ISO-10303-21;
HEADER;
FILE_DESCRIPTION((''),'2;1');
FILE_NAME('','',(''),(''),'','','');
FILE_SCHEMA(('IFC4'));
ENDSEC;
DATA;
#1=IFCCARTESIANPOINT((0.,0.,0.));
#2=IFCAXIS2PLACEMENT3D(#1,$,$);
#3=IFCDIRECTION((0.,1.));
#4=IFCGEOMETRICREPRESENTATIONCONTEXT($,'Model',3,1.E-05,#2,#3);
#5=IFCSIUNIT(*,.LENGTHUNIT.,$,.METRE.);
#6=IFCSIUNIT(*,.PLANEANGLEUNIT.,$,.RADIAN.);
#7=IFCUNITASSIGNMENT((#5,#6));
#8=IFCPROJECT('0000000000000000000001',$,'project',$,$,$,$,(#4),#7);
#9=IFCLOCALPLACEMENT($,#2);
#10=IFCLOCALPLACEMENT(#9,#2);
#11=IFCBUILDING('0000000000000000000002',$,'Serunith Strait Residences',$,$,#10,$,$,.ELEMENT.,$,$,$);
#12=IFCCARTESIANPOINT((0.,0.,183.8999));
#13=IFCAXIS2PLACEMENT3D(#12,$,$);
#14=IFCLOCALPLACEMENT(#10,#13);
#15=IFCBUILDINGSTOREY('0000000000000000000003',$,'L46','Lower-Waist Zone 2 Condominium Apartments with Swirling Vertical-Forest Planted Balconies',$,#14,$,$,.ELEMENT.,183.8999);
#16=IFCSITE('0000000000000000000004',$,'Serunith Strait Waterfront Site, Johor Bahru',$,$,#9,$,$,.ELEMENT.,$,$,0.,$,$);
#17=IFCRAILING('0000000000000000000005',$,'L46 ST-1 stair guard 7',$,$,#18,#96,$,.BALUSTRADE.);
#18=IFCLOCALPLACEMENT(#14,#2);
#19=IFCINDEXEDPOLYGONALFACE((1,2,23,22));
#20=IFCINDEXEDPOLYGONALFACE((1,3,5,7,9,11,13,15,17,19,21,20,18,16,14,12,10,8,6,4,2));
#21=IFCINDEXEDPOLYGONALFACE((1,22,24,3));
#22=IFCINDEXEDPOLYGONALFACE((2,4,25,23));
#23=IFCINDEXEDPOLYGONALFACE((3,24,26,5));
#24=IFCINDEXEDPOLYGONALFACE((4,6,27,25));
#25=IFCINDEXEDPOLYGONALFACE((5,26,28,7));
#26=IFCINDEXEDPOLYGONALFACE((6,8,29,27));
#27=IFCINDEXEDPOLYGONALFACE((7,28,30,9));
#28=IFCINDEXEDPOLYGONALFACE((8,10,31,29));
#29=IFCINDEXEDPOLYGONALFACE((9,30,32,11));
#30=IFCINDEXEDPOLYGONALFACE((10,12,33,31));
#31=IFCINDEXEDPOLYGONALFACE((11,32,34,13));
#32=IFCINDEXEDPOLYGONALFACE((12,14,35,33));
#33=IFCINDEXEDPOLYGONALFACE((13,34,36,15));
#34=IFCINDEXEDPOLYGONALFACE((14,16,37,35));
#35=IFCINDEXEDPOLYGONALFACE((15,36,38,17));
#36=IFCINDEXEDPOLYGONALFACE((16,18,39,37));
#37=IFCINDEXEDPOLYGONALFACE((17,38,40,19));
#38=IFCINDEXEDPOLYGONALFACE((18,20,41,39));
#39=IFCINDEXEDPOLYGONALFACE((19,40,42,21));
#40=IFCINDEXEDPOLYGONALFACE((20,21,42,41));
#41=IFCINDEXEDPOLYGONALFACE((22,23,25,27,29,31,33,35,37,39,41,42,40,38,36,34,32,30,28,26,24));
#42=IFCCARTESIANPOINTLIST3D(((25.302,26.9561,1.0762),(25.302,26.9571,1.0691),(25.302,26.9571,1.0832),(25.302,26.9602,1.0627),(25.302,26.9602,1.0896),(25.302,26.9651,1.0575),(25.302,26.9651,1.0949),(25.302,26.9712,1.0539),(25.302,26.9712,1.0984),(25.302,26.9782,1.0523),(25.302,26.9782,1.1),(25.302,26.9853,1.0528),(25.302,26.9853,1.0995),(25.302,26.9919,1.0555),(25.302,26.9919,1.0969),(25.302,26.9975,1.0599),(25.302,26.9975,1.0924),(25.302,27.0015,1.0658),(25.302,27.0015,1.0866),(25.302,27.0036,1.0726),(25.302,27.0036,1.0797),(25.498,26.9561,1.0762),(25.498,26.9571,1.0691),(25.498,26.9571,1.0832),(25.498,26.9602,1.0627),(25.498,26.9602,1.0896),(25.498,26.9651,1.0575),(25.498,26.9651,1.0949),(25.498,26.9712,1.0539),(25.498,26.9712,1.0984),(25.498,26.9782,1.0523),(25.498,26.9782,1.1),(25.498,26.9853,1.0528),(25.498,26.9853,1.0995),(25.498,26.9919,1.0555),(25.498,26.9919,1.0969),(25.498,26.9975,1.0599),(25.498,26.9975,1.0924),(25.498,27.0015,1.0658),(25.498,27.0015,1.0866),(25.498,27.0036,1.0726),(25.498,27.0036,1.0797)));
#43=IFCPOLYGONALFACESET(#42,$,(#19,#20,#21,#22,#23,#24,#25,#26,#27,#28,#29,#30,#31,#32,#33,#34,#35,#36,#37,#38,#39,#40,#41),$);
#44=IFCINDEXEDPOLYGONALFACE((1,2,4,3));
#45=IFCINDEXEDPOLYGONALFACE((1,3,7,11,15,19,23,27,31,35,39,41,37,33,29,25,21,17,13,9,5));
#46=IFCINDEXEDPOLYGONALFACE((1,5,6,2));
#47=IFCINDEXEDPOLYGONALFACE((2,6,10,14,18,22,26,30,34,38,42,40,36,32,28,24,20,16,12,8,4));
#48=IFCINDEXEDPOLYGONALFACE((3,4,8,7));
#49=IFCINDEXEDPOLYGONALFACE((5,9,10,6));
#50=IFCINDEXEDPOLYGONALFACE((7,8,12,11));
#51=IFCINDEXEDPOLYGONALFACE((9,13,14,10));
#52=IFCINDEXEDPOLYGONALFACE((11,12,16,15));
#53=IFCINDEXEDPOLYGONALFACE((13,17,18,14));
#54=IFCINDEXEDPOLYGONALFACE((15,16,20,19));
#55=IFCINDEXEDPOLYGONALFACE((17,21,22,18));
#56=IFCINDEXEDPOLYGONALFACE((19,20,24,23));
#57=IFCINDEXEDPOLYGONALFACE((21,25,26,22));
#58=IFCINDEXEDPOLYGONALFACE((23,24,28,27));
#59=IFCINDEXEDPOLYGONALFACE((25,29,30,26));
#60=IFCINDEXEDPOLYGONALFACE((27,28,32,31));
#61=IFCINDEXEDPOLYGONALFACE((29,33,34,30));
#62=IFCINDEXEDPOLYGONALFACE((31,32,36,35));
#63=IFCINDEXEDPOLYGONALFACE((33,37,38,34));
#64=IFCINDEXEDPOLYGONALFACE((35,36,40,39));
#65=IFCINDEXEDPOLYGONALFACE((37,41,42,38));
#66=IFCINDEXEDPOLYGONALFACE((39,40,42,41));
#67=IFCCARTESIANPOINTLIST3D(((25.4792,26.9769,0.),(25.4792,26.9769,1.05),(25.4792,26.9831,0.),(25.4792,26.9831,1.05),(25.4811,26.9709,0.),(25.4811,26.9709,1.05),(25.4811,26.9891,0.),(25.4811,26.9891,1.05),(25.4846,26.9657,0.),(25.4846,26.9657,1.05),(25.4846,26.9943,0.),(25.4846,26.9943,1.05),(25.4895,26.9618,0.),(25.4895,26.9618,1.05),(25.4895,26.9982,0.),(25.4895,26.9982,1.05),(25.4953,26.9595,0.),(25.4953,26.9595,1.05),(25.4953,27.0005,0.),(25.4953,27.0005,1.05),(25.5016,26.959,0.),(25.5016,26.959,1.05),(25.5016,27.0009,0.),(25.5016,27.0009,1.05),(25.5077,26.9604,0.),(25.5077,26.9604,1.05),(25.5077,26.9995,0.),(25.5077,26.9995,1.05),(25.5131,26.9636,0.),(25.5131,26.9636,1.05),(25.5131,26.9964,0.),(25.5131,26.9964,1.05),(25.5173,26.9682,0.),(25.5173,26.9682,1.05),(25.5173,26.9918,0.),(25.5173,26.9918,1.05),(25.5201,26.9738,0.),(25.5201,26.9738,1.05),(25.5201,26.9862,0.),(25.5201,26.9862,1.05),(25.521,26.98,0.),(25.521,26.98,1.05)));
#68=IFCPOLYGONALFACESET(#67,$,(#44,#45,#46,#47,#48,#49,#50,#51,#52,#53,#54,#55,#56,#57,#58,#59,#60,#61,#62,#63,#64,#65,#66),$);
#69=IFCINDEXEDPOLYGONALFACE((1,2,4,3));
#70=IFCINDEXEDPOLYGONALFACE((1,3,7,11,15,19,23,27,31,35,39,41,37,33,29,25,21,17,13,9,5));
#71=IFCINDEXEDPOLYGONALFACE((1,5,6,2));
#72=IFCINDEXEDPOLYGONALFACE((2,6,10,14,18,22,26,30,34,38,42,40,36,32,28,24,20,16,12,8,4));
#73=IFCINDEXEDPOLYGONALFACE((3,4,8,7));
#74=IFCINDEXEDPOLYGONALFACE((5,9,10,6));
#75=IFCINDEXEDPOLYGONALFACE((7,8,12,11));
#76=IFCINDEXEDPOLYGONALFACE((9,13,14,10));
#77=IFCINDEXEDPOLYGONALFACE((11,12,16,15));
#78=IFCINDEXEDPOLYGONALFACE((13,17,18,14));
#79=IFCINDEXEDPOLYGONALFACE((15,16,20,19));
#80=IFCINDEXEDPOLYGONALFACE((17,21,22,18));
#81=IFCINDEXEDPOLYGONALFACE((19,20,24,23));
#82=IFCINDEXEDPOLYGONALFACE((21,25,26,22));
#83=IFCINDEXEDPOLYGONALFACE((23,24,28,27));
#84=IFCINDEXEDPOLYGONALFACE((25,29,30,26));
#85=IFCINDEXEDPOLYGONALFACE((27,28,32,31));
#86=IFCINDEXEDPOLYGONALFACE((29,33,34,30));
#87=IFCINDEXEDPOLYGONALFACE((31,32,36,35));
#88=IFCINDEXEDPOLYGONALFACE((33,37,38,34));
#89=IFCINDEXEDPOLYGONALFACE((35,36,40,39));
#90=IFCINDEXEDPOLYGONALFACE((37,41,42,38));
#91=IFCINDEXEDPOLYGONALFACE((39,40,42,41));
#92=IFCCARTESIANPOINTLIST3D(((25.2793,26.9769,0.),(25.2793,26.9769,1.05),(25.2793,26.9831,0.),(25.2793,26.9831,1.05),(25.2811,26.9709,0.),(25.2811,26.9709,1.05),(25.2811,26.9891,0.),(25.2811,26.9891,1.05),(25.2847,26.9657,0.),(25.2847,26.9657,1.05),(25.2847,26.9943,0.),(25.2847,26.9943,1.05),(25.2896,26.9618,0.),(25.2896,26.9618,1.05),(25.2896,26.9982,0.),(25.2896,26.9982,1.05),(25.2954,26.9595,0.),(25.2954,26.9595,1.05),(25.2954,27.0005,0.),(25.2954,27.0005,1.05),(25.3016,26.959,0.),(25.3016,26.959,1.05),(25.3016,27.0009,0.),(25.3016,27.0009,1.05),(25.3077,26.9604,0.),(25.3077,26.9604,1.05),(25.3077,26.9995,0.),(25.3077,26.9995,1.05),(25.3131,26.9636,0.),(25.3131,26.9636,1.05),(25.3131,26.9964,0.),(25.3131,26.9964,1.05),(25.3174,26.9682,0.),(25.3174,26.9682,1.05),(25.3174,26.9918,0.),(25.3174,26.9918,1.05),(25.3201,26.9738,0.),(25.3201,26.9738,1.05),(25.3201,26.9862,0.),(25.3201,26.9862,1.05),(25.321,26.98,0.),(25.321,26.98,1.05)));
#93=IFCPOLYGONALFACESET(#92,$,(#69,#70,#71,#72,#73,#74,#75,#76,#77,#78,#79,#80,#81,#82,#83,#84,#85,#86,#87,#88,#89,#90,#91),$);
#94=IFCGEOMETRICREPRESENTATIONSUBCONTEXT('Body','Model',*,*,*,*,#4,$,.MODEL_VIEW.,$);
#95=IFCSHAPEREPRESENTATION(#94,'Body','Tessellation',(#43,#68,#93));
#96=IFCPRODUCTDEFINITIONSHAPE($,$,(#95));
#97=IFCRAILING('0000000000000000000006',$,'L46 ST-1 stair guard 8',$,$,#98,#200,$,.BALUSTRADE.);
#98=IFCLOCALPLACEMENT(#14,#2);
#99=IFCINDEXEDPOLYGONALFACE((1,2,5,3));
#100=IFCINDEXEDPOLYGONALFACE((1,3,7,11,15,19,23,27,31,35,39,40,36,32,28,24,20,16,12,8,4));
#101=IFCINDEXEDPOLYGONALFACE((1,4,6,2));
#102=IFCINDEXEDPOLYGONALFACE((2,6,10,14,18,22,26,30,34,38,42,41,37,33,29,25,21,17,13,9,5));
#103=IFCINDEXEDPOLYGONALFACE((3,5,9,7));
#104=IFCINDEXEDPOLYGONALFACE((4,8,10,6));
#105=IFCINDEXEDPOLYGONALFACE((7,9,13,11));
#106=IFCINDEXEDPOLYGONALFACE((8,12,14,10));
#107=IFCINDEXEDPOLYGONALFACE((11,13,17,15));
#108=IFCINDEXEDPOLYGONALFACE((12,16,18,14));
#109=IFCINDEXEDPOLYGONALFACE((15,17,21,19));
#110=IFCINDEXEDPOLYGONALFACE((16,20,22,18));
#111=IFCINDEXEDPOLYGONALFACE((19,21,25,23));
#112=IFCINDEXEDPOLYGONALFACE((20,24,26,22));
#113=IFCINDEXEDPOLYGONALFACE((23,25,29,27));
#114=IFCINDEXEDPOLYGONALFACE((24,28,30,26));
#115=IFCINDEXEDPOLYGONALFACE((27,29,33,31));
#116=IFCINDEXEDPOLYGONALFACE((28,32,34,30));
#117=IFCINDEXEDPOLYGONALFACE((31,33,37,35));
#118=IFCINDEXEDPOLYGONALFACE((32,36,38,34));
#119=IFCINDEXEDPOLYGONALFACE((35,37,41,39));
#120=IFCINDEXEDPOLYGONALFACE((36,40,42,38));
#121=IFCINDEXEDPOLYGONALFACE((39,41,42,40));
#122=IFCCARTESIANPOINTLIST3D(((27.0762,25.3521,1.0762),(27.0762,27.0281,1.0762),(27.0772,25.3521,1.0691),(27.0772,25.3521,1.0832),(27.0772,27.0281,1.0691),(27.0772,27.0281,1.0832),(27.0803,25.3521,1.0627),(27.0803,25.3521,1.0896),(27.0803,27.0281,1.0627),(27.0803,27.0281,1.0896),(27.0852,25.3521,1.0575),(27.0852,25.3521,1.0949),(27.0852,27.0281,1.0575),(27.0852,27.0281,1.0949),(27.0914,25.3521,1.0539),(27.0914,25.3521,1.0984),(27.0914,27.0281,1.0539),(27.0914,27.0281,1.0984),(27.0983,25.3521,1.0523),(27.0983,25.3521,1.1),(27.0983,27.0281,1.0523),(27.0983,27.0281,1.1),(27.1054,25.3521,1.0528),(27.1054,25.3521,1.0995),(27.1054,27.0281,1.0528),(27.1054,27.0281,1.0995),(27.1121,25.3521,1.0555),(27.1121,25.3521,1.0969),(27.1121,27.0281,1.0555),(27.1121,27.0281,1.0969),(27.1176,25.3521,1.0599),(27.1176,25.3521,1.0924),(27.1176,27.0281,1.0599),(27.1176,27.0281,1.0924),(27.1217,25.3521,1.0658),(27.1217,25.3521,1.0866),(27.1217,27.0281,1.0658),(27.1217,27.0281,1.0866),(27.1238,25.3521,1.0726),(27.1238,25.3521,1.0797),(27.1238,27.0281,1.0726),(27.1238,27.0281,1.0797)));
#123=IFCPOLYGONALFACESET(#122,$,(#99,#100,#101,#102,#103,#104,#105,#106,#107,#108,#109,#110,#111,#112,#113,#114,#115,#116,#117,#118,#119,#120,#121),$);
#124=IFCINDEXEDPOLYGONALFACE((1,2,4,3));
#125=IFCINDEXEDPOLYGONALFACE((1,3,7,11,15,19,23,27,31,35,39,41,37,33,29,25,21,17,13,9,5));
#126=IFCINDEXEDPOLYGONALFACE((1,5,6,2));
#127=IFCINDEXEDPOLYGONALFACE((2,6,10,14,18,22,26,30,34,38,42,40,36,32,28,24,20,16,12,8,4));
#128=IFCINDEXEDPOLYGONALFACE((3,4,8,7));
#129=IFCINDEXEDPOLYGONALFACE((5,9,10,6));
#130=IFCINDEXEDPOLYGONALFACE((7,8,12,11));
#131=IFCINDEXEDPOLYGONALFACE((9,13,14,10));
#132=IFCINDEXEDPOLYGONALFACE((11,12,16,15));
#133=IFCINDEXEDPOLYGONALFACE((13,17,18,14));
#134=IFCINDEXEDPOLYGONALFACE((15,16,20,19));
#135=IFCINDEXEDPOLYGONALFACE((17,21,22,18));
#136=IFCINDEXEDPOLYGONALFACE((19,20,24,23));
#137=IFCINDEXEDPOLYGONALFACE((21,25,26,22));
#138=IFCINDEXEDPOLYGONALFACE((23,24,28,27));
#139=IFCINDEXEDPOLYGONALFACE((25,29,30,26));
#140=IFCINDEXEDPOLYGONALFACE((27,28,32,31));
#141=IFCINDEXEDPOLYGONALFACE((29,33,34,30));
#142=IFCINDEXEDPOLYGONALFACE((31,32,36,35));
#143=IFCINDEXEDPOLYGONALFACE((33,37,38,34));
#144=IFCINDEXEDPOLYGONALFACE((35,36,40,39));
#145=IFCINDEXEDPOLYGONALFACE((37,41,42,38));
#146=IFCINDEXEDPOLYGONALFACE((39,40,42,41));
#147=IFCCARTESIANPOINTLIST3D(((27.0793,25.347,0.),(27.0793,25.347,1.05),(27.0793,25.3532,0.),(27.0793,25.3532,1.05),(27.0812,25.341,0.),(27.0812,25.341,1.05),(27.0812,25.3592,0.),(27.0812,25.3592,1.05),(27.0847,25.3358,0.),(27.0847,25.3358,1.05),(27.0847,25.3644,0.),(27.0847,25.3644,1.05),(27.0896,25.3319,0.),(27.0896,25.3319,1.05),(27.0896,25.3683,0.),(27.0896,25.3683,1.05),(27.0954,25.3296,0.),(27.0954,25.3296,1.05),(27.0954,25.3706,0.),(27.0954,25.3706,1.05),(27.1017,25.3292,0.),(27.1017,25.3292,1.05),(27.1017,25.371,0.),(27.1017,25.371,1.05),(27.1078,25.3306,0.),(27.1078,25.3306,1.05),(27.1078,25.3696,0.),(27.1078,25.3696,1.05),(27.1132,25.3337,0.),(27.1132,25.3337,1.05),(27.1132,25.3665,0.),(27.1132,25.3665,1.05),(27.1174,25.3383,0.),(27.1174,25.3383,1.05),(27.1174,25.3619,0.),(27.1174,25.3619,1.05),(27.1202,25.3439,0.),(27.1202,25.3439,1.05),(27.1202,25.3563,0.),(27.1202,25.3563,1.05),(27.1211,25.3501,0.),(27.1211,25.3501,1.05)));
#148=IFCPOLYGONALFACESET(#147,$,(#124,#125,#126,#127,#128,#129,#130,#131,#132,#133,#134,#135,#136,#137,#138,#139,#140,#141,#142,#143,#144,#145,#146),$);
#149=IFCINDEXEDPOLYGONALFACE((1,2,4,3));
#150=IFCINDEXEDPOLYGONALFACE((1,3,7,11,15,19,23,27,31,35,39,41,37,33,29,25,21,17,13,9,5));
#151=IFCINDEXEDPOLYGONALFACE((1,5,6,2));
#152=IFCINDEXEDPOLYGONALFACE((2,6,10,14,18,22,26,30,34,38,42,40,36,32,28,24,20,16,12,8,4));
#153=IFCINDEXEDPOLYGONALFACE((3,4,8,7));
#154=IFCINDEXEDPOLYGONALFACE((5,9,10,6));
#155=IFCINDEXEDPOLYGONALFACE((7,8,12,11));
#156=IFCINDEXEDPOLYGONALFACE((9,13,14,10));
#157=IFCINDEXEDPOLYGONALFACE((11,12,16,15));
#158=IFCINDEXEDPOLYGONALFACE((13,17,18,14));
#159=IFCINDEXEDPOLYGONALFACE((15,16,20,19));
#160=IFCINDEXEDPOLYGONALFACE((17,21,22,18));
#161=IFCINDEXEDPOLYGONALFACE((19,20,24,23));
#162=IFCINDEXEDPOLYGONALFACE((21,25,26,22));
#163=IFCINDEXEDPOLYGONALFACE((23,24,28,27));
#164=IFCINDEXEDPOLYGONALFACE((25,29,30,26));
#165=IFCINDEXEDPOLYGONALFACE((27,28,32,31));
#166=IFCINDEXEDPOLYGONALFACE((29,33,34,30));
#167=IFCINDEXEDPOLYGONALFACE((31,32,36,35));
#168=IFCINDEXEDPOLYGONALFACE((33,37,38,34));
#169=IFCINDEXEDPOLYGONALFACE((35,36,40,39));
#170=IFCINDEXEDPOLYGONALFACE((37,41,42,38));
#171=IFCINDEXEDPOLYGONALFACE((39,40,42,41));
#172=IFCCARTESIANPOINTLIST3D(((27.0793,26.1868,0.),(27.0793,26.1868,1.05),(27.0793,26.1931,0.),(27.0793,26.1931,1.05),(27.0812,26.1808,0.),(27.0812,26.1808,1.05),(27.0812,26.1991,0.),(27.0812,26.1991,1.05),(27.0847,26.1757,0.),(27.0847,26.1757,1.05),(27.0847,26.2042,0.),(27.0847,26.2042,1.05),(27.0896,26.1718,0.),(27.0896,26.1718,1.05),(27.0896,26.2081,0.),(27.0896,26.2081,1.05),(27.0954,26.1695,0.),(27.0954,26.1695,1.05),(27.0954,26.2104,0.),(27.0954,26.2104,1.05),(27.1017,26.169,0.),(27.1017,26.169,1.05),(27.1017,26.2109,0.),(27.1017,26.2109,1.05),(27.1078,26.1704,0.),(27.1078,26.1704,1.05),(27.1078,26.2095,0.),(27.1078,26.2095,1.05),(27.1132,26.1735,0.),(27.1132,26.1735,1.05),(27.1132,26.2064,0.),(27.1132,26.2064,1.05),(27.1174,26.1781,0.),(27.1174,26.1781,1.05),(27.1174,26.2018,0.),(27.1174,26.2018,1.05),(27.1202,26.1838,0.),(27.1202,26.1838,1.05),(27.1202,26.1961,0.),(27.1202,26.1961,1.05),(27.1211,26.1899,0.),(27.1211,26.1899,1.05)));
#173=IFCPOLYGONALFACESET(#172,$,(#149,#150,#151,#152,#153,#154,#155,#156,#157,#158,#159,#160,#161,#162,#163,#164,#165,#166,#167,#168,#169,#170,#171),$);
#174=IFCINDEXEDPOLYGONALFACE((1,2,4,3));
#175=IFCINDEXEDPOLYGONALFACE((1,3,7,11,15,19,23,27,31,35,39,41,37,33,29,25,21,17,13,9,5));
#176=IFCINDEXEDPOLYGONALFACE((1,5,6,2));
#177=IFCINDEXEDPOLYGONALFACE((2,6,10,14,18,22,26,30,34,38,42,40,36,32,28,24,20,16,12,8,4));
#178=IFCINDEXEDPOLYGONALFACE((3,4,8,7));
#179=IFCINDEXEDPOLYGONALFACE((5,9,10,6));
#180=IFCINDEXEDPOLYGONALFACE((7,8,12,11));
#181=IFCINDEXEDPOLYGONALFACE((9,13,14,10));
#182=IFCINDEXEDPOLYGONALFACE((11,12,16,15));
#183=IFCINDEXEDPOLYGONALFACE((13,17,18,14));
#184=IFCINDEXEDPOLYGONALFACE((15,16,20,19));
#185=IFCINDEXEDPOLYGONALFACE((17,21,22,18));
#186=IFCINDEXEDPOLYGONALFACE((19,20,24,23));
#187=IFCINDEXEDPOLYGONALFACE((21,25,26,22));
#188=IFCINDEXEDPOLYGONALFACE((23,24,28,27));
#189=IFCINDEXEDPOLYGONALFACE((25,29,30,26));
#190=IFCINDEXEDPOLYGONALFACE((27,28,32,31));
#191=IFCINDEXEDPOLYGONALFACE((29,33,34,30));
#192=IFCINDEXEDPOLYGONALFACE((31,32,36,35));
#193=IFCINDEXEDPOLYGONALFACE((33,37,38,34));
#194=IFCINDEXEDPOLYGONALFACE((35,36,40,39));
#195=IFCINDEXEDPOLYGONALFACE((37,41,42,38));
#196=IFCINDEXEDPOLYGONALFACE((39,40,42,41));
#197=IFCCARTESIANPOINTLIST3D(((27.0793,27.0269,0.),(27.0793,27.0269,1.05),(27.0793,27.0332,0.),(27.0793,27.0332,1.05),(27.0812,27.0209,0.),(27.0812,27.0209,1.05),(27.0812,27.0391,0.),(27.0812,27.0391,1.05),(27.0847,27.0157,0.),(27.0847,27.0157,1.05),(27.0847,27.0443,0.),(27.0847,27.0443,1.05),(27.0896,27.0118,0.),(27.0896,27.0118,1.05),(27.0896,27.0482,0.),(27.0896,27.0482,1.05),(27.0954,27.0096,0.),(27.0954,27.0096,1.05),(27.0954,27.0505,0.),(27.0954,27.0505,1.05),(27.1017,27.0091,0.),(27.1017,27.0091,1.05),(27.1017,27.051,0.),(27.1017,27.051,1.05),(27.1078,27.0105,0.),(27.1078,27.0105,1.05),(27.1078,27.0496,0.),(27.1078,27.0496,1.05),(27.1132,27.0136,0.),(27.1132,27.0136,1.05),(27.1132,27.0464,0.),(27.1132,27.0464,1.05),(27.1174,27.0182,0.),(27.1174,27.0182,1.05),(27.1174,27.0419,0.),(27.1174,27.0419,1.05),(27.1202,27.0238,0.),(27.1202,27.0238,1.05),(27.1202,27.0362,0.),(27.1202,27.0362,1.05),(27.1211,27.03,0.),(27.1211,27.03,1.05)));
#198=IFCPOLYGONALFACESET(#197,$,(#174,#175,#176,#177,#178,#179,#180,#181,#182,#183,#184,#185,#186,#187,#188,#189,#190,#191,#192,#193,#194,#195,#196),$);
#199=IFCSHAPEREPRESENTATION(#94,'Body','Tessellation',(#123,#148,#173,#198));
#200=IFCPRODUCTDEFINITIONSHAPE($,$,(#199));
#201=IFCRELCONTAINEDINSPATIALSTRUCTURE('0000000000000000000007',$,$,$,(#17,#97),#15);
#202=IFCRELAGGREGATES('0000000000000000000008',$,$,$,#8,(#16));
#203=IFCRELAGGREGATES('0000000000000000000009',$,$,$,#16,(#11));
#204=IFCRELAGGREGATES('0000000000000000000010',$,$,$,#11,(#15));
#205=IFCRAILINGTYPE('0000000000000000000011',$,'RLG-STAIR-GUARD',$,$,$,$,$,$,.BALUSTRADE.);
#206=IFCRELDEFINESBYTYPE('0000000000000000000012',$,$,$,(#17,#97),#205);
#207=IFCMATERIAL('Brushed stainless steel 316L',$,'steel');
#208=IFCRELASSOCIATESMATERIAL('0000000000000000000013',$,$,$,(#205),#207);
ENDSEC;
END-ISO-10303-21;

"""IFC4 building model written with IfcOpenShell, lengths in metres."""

from ifc_helpers import new_model, si_unit, direction, frame, origin, origin_2d, place, context, subcontext, project, spatial, circle, extrude, material, type_object, element, save


model = new_model("IFC4")

# Units and contexts
model_context = context("Model", 3, precision=1e-05, world=origin(), true_north=direction((0.0, 1.0)))
body_context = subcontext(model_context, "Body", "Model", "MODEL_VIEW")
ifc_project = project(units=[si_unit("LENGTHUNIT", "METRE"), si_unit("PLANEANGLEUNIT", "RADIAN")], contexts=[model_context])

# Site, building, storey
site_placement = place(None, origin())
site = spatial("IfcSite", under=ifc_project, at=site_placement, Name="Serunith Strait Waterfront Site, Johor Bahru", CompositionType="ELEMENT", RefElevation=0.0)
building_placement = place(site_placement, origin())
building = spatial("IfcBuilding", under=site, at=building_placement, Name="Serunith Strait Residences", CompositionType="ELEMENT")
storey_placement = place(building_placement, frame((0.0, 0.0, 183.8999)))
storey = spatial("IfcBuildingStorey", under=building, at=storey_placement, Name="L46", Description="Lower-Waist Zone 2 Condominium Apartments with Swirling Vertical-Forest Planted Balconies", CompositionType="ELEMENT", Elevation=183.8999)

# Railings
ifc_material_1 = material(Name="Brushed stainless steel 316L", Category="steel")
railing_type_1 = type_object("IfcRailingType", Name="RLG-STAIR-GUARD", PredefinedType="BALUSTRADE", material=ifc_material_1)
railing_1_placement = place(storey_placement, frame((25.5, 26.98, 0.0)))
element("IfcRailing", 1, at=railing_1_placement, inside=storey, type_object=railing_type_1, Name="L46 ST-1 stair guard 7", PredefinedType="BALUSTRADE", context=body_context, shape_type="SweptSolid", body=[
    extrude(circle(Radius=0.0239, at=origin_2d()), frame((-0.002, 0.0, 1.0762), z_axis=(-1.0, 0.0, 0.0), x_axis=(0.0, -1.0, 0.0)), (0.0, 0.0, 1.0), 0.196),
    extrude(circle(Radius=0.021, at=origin_2d()), origin(), (0.0, 0.0, 1.0), 1.05),
    extrude(circle(Radius=0.021, at=origin_2d()), frame((-0.2, 0.0, 0.0)), (0.0, 0.0, 1.0), 1.05),
])
for number, where, name in (
    (2, (27.1001, 25.3501, 0.0), "L46 ST-1 stair guard 8"),
):
    element("IfcRailing", number, at=place(storey_placement, frame(where)), inside=storey, type_object=railing_type_1, Name=name, PredefinedType="BALUSTRADE", context=body_context, shape_type="SweptSolid", body=[
        extrude(circle(Radius=0.0239, at=origin_2d()), frame((0.0, 0.002, 1.0762), z_axis=(0.0, 1.0, 0.0), x_axis=(-1.0, 0.0, 0.0)), (0.0, 0.0, 1.0), 1.676),
        extrude(circle(Radius=0.021, at=origin_2d()), origin(), (0.0, 0.0, 1.0), 1.05),
        extrude(circle(Radius=0.021, at=origin_2d()), frame((0.0, 0.8398, 0.0)), (0.0, 0.0, 1.0), 1.05),
        extrude(circle(Radius=0.021, at=origin_2d()), frame((0.0, 1.6799, 0.0)), (0.0, 0.0, 1.0), 1.05),
    ])

save(model, "model.ifc")
